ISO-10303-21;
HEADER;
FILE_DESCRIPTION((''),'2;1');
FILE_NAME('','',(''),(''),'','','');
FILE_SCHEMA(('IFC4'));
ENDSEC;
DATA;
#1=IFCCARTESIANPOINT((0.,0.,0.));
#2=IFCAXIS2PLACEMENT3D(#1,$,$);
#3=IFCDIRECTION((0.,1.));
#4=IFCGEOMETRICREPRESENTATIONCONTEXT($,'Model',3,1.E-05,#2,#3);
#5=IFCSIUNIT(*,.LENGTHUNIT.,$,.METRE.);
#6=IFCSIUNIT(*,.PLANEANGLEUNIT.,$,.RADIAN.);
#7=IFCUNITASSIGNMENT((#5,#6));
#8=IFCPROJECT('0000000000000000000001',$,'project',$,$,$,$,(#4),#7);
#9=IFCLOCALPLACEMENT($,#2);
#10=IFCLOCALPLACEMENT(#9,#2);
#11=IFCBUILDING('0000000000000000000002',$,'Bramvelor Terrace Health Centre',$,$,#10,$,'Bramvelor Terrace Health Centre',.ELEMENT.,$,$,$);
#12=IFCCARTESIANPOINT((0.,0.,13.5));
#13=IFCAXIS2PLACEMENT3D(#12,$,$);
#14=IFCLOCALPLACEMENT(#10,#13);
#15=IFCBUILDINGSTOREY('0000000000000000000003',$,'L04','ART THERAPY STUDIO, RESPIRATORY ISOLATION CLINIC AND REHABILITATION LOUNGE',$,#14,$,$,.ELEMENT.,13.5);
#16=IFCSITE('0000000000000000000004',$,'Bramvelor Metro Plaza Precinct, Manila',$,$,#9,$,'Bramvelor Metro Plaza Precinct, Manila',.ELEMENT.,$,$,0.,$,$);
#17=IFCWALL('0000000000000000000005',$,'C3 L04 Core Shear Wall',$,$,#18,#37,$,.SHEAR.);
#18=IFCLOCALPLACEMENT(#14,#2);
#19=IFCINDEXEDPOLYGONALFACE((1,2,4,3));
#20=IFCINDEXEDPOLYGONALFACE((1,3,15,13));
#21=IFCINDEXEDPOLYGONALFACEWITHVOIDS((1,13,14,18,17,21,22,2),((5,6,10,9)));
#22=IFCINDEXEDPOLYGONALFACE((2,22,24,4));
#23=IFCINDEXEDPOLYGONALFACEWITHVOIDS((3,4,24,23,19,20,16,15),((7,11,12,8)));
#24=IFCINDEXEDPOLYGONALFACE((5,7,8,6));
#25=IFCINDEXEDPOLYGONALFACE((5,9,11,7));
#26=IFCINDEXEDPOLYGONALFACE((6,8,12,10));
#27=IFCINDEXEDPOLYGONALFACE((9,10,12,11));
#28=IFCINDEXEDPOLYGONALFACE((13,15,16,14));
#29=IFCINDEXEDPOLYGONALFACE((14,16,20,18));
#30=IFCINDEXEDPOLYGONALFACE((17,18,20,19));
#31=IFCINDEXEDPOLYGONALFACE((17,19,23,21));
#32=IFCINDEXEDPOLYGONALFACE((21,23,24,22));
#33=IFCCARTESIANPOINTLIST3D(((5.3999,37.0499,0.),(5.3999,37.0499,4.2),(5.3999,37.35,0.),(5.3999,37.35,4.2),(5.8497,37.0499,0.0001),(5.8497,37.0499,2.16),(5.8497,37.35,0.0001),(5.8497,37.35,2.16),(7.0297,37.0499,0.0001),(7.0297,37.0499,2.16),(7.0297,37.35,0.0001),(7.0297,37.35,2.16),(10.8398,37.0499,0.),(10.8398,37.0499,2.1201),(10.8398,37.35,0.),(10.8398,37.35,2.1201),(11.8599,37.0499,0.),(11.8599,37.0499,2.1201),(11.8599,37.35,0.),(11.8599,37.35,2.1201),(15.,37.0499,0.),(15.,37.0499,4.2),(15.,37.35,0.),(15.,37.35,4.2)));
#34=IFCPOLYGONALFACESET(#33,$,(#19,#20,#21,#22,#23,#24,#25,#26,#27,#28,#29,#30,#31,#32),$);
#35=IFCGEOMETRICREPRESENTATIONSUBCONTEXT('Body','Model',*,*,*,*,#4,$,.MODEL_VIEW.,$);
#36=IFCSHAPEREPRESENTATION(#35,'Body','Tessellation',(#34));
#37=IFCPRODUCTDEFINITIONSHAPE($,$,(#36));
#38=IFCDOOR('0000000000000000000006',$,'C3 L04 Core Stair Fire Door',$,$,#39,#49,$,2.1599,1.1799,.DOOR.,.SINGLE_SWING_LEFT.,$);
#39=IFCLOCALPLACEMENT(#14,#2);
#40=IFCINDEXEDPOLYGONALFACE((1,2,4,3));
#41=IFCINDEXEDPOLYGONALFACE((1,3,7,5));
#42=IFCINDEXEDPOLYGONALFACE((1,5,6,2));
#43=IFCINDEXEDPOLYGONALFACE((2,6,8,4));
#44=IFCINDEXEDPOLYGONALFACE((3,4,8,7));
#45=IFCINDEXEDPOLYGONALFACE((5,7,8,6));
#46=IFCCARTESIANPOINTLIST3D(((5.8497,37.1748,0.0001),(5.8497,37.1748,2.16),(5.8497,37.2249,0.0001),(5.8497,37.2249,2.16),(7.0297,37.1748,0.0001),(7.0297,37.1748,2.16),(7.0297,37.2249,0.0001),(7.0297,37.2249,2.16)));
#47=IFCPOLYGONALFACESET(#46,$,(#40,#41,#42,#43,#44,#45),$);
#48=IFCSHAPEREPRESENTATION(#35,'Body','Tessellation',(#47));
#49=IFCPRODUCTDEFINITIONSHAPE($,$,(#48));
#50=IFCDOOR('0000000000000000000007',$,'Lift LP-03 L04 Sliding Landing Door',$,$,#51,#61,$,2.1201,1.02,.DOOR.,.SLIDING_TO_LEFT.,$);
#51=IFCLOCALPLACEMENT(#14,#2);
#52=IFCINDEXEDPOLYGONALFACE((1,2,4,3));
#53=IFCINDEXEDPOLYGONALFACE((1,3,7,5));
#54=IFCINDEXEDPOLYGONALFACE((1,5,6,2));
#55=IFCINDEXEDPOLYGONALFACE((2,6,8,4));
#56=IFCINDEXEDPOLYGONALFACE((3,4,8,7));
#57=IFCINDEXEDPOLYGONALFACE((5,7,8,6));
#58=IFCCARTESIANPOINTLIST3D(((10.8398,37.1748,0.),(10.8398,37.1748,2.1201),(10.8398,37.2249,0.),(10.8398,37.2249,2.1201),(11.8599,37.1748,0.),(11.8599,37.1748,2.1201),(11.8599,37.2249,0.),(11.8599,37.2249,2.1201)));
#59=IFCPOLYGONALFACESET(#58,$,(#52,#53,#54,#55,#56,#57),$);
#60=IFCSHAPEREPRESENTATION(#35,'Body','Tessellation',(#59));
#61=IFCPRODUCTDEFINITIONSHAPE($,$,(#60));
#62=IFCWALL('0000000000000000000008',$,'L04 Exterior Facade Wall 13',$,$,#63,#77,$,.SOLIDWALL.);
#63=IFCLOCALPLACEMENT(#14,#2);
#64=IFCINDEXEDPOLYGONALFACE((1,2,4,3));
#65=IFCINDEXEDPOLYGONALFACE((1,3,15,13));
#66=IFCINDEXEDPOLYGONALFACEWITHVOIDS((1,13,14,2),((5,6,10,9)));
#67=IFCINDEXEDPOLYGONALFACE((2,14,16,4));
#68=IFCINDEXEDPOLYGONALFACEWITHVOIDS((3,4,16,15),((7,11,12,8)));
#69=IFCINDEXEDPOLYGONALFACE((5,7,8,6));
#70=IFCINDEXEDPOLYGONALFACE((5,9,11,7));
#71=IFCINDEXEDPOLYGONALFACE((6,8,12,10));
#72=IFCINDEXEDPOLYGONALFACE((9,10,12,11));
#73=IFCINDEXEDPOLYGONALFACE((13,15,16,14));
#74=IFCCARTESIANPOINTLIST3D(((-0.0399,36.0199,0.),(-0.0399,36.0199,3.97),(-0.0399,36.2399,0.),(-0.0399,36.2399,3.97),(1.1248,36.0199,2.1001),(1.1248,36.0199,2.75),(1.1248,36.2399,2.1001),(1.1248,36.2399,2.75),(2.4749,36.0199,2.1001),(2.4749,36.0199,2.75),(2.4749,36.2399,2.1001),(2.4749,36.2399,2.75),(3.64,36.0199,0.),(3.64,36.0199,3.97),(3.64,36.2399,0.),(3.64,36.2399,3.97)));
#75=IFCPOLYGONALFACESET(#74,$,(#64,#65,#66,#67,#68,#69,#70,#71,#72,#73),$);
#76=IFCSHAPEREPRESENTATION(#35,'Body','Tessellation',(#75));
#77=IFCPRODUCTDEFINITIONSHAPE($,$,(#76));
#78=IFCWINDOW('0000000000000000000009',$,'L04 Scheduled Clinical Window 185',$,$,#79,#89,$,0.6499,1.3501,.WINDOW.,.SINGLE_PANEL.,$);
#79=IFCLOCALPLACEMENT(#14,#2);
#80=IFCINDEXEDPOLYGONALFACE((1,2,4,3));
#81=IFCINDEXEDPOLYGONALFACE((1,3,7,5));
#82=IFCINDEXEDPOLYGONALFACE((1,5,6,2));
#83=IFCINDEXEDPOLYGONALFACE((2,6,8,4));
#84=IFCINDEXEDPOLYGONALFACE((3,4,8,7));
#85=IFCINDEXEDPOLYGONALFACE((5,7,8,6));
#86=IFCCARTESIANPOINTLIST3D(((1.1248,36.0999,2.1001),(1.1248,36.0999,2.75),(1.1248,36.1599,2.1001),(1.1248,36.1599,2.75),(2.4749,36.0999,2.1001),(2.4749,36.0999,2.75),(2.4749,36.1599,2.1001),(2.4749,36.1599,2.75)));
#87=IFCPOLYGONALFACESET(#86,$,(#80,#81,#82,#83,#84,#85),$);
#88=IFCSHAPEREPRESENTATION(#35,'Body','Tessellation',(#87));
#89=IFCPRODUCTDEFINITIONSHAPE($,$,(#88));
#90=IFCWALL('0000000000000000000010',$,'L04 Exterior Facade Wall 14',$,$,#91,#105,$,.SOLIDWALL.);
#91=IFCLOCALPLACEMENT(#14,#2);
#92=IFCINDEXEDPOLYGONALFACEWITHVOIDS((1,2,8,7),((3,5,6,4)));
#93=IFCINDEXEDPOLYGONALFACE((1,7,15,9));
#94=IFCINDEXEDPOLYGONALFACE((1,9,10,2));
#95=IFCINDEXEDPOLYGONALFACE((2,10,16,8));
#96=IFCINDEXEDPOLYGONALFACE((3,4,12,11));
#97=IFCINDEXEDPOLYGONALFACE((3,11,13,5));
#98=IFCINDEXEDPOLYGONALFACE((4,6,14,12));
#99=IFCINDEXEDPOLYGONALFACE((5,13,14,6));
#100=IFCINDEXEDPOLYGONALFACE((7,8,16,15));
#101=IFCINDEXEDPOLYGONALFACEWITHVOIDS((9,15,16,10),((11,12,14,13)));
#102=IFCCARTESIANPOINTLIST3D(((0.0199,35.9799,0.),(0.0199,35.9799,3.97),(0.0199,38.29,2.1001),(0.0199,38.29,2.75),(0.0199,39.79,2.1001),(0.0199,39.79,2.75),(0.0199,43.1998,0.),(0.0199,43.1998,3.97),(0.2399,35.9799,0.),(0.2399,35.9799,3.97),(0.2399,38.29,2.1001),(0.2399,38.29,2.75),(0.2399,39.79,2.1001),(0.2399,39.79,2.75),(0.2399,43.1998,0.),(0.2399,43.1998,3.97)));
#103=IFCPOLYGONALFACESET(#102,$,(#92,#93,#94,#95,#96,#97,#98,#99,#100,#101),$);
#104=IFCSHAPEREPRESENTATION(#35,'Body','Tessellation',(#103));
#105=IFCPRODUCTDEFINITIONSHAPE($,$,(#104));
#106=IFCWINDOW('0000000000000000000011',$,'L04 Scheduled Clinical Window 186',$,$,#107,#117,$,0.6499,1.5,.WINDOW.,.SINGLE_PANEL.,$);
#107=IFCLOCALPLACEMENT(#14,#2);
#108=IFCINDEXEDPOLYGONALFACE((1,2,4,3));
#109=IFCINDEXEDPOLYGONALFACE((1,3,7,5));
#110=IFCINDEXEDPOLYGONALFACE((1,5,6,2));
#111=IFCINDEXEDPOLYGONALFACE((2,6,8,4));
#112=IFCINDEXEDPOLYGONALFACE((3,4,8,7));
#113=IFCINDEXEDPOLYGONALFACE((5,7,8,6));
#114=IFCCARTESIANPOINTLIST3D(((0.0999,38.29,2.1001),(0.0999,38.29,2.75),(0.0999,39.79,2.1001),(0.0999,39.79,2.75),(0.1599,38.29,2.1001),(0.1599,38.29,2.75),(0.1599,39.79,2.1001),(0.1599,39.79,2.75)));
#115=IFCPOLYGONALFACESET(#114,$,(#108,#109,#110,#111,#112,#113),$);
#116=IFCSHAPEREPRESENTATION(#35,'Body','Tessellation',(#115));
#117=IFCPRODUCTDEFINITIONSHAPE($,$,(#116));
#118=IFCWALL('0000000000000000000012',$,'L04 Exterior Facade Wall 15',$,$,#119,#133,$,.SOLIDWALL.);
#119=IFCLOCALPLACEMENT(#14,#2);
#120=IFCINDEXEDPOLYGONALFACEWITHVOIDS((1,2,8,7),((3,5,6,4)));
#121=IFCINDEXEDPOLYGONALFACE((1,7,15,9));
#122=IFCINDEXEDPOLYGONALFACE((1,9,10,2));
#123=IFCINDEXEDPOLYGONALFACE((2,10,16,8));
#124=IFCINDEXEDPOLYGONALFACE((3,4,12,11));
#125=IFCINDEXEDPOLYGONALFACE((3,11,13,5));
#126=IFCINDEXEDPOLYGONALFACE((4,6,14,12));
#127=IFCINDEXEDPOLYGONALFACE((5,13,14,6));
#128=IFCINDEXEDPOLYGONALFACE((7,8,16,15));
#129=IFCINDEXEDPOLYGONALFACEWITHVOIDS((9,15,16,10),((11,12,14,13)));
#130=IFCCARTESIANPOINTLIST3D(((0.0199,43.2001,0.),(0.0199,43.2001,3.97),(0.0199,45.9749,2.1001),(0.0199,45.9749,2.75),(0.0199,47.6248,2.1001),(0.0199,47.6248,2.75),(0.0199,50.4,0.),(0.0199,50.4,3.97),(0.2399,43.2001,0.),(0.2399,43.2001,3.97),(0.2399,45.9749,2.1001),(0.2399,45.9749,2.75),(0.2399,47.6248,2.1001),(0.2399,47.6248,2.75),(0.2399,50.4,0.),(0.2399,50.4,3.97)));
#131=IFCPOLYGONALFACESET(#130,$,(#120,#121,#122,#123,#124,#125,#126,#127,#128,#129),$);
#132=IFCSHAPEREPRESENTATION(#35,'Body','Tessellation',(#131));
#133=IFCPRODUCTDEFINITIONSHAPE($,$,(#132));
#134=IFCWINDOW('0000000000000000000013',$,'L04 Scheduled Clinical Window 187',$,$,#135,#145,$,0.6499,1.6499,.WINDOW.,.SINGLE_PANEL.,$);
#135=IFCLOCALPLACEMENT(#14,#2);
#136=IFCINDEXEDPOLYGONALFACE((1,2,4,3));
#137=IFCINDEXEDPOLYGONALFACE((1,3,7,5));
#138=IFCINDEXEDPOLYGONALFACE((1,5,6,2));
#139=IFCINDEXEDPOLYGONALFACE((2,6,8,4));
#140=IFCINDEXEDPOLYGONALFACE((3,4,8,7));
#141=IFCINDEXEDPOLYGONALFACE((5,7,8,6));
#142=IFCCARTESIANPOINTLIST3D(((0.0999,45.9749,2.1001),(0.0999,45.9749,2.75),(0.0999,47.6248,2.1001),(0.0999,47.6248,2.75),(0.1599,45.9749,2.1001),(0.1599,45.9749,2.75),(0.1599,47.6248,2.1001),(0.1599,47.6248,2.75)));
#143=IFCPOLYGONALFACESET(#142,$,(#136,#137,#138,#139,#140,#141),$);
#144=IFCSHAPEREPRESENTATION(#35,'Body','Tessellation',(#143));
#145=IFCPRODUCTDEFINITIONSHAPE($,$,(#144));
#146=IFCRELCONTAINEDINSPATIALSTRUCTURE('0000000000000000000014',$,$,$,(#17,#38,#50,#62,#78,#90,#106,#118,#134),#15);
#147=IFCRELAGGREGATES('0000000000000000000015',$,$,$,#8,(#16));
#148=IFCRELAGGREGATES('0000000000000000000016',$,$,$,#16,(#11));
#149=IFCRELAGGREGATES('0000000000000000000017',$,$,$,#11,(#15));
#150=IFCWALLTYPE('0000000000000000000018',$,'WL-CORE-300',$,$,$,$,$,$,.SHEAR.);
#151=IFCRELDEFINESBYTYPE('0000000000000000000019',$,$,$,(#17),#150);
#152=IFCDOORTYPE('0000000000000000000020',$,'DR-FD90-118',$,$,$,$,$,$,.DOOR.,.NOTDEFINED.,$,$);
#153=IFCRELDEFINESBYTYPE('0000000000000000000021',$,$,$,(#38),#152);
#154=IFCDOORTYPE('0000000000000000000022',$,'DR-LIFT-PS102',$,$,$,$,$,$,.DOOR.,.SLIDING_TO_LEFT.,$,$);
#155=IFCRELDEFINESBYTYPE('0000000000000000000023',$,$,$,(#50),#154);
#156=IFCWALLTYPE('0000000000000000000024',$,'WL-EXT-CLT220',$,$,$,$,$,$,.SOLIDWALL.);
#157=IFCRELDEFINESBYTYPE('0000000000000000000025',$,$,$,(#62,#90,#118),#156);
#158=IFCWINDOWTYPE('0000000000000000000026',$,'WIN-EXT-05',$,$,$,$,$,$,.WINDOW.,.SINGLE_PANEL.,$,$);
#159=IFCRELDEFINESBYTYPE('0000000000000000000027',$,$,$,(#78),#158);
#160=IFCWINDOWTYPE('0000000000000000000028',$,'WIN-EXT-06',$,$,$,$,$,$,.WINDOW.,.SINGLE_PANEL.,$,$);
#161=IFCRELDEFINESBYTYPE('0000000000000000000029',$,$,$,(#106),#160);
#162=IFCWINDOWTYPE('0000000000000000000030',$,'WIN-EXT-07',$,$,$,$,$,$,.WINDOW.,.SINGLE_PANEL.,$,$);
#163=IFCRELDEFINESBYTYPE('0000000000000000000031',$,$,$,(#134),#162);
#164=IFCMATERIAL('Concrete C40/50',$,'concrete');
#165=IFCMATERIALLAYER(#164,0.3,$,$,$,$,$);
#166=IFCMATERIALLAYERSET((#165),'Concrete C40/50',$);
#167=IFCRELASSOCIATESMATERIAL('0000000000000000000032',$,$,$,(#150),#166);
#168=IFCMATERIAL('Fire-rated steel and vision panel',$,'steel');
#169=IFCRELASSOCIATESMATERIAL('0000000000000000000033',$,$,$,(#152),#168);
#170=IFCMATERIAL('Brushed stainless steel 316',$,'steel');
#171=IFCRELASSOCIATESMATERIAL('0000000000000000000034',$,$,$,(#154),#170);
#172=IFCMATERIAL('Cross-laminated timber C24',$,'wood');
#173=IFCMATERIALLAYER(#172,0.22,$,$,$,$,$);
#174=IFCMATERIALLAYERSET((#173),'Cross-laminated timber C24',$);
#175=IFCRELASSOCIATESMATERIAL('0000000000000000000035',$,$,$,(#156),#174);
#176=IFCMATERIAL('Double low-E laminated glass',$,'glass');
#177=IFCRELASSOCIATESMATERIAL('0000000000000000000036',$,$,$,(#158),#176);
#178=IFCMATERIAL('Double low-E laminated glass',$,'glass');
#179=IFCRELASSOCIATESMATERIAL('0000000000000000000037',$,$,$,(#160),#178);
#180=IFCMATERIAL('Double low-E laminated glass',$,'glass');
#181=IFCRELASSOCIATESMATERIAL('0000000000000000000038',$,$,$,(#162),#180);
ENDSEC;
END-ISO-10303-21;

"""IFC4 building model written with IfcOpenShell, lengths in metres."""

from ifc_helpers import new_model, si_unit, direction, frame, frame_2d, origin, place, context, subcontext, project, spatial, rectangle, extrude, material, layer, layer_set, type_object, element, fill, save


model = new_model("IFC4")

# Units and contexts
model_context = context("Model", 3, precision=1e-05, world=origin(), true_north=direction((0.0, 1.0)))
body_context = subcontext(model_context, "Body", "Model", "MODEL_VIEW")
ifc_project = project(units=[si_unit("LENGTHUNIT", "METRE"), si_unit("PLANEANGLEUNIT", "RADIAN")], contexts=[model_context])

# Site, building, storey
site_placement = place(None, origin())
site = spatial("IfcSite", under=ifc_project, at=site_placement, Name="Bramvelor Metro Plaza Precinct, Manila", LongName="Bramvelor Metro Plaza Precinct, Manila", CompositionType="ELEMENT", RefElevation=0.0)
building_placement = place(site_placement, origin())
building = spatial("IfcBuilding", under=site, at=building_placement, Name="Bramvelor Terrace Health Centre", LongName="Bramvelor Terrace Health Centre", CompositionType="ELEMENT")
storey_placement = place(building_placement, frame((0.0, 0.0, 13.5)))
storey = spatial("IfcBuildingStorey", under=building, at=storey_placement, Name="L04", Description="ART THERAPY STUDIO, RESPIRATORY ISOLATION CLINIC AND REHABILITATION LOUNGE", CompositionType="ELEMENT", Elevation=13.5)

# Wall, openings, doors
ifc_material_1 = material(Name="Concrete C40/50", Category="concrete")
ifc_layer_1 = layer(ifc_material_1, 0.3)
ifc_layer_set_1 = layer_set([ifc_layer_1], Name="Concrete C40/50")
wall_type_1 = type_object("IfcWallType", Name="WL-CORE-300", PredefinedType="SHEAR", material=ifc_layer_set_1)
wall_1_placement = place(storey_placement, frame((5.3999, 37.2, 0.0), z_axis=(0.0, 0.0, 1.0), x_axis=(1.0, 0.0, 0.0)))
wall_1 = element("IfcWall", 1, at=wall_1_placement, inside=storey, type_object=wall_type_1, Name="C3 L04 Core Shear Wall", PredefinedType="SHEAR", context=body_context, shape_type="SweptSolid", body=[
    extrude(rectangle(XDim=9.6001, YDim=0.3, at=frame_2d((4.8, 0.0))), origin(), (0.0, 0.0, 1.0), 4.2),
])
opening_1_placement = place(wall_1_placement, frame((0.45, 0.0, 0.0)))
opening_1 = element("IfcOpeningElement", 2, at=opening_1_placement, cuts=wall_1, PredefinedType="OPENING", context=body_context, shape_type="SweptSolid", body=[
    extrude(rectangle(XDim=1.1799, YDim=2.1599, at=frame_2d((0.5898, 1.0801))), frame((0.0, 0.1599, 0.0), z_axis=(0.0, -1.0, 0.0), x_axis=(1.0, 0.0, 0.0)), (0.0, 0.0, 1.0), 0.3201),
])
opening_2_placement = place(wall_1_placement, frame((5.4399, 0.0, 0.0)))
opening_2 = element("IfcOpeningElement", 3, at=opening_2_placement, cuts=wall_1, PredefinedType="OPENING", context=body_context, shape_type="SweptSolid", body=[
    extrude(rectangle(XDim=1.02, YDim=2.1201, at=frame_2d((0.51, 1.0601))), frame((0.0, 0.1599, 0.0), z_axis=(0.0, -1.0, 0.0), x_axis=(1.0, 0.0, 0.0)), (0.0, 0.0, 1.0), 0.3201),
])
ifc_material_2 = material(Name="Fire-rated steel and vision panel", Category="steel")
door_type_1 = type_object("IfcDoorType", Name="DR-FD90-118", OperationType="NOTDEFINED", PredefinedType="DOOR", material=ifc_material_2)
door_1_placement = place(opening_1_placement, origin())
door_1 = element("IfcDoor", 4, at=door_1_placement, inside=storey, type_object=door_type_1, Name="C3 L04 Core Stair Fire Door", OperationType="SINGLE_SWING_LEFT", OverallHeight=2.1599, OverallWidth=1.1799, PredefinedType="DOOR", context=body_context, shape_type="SweptSolid", body=[
    extrude(rectangle(XDim=1.1799, YDim=2.1599, at=frame_2d((0.5898, 1.0801))), frame((0.0, 0.0249, 0.0), z_axis=(0.0, -1.0, 0.0), x_axis=(1.0, 0.0, 0.0)), (0.0, 0.0, 1.0), 0.05),
])
fill(opening_1, door_1)
ifc_material_3 = material(Name="Brushed stainless steel 316", Category="steel")
door_type_2 = type_object("IfcDoorType", Name="DR-LIFT-PS102", OperationType="SLIDING_TO_LEFT", PredefinedType="DOOR", material=ifc_material_3)
door_2_placement = place(opening_2_placement, origin())
door_2 = element("IfcDoor", 5, at=door_2_placement, inside=storey, type_object=door_type_2, Name="Lift LP-03 L04 Sliding Landing Door", OperationType="SLIDING_TO_LEFT", OverallHeight=2.1201, OverallWidth=1.02, PredefinedType="DOOR", context=body_context, shape_type="SweptSolid", body=[
    extrude(rectangle(XDim=1.02, YDim=2.1201, at=frame_2d((0.51, 1.0601))), frame((0.0, 0.0249, 0.0), z_axis=(0.0, -1.0, 0.0), x_axis=(1.0, 0.0, 0.0)), (0.0, 0.0, 1.0), 0.05),
])
fill(opening_2, door_2)

# Walls, openings, windows
ifc_material_4 = material(Name="Cross-laminated timber C24", Category="wood")
ifc_layer_2 = layer(ifc_material_4, 0.22)
ifc_layer_set_2 = layer_set([ifc_layer_2], Name="Cross-laminated timber C24")
wall_type_2 = type_object("IfcWallType", Name="WL-EXT-CLT220", PredefinedType="SOLIDWALL", material=ifc_layer_set_2)
wall_2_placement = place(storey_placement, frame((3.6399, 36.1299, 0.0), z_axis=(0.0, 0.0, 1.0), x_axis=(-1.0, 0.0, 0.0)))
wall_2 = element("IfcWall", 6, at=wall_2_placement, inside=storey, type_object=wall_type_2, Name="L04 Exterior Facade Wall 13", PredefinedType="SOLIDWALL", context=body_context, shape_type="SweptSolid", body=[
    extrude(rectangle(XDim=3.6799, YDim=0.22, at=frame_2d((1.8398, 0.0))), origin(), (0.0, 0.0, 1.0), 3.97),
])
opening_3_placement = place(wall_2_placement, frame((1.165, 0.0, 2.1001)))
opening_3 = element("IfcOpeningElement", 7, at=opening_3_placement, cuts=wall_2, PredefinedType="OPENING", context=body_context, shape_type="SweptSolid", body=[
    extrude(rectangle(XDim=1.3501, YDim=0.6499, at=frame_2d((0.675, 0.325))), frame((0.0, 0.1199, 0.0), z_axis=(0.0, -1.0, 0.0), x_axis=(1.0, 0.0, 0.0)), (0.0, 0.0, 1.0), 0.24),
])
ifc_material_5 = material(Name="Double low-E laminated glass", Category="glass")
window_type_1 = type_object("IfcWindowType", Name="WIN-EXT-05", PartitioningType="SINGLE_PANEL", PredefinedType="WINDOW", material=ifc_material_5)
window_1_placement = place(opening_3_placement, origin())
window_1 = element("IfcWindow", 8, at=window_1_placement, inside=storey, type_object=window_type_1, Name="L04 Scheduled Clinical Window 185", OverallHeight=0.6499, OverallWidth=1.3501, PartitioningType="SINGLE_PANEL", PredefinedType="WINDOW", context=body_context, shape_type="SweptSolid", body=[
    extrude(rectangle(XDim=1.3501, YDim=0.6499, at=frame_2d((0.675, 0.325))), frame((0.0, 0.03, 0.0), z_axis=(0.0, -1.0, 0.0), x_axis=(1.0, 0.0, 0.0)), (0.0, 0.0, 1.0), 0.0601),
])
fill(opening_3, window_1)
wall_3_placement = place(storey_placement, frame((0.1299, 35.98, 0.0), z_axis=(0.0, 0.0, 1.0), x_axis=(0.0, 1.0, 0.0)))
wall_3 = element("IfcWall", 9, at=wall_3_placement, inside=storey, type_object=wall_type_2, Name="L04 Exterior Facade Wall 14", PredefinedType="SOLIDWALL", context=body_context, shape_type="SweptSolid", body=[
    extrude(rectangle(XDim=7.22, YDim=0.22, at=frame_2d((3.6099, 0.0))), origin(), (0.0, 0.0, 1.0), 3.97),
])
opening_4_placement = place(wall_3_placement, frame((2.3101, 0.0, 2.1001)))
opening_4 = element("IfcOpeningElement", 10, at=opening_4_placement, cuts=wall_3, PredefinedType="OPENING", context=body_context, shape_type="SweptSolid", body=[
    extrude(rectangle(XDim=1.5, YDim=0.6499, at=frame_2d((0.75, 0.325))), frame((0.0, 0.1199, 0.0), z_axis=(0.0, -1.0, 0.0), x_axis=(1.0, 0.0, 0.0)), (0.0, 0.0, 1.0), 0.24),
])
ifc_material_6 = material(Name="Double low-E laminated glass", Category="glass")
window_type_2 = type_object("IfcWindowType", Name="WIN-EXT-06", PartitioningType="SINGLE_PANEL", PredefinedType="WINDOW", material=ifc_material_6)
window_2_placement = place(opening_4_placement, origin())
window_2 = element("IfcWindow", 11, at=window_2_placement, inside=storey, type_object=window_type_2, Name="L04 Scheduled Clinical Window 186", OverallHeight=0.6499, OverallWidth=1.5, PartitioningType="SINGLE_PANEL", PredefinedType="WINDOW", context=body_context, shape_type="SweptSolid", body=[
    extrude(rectangle(XDim=1.5, YDim=0.6499, at=frame_2d((0.75, 0.325))), frame((0.0, 0.03, 0.0), z_axis=(0.0, -1.0, 0.0), x_axis=(1.0, 0.0, 0.0)), (0.0, 0.0, 1.0), 0.0601),
])
fill(opening_4, window_2)
wall_4_placement = place(storey_placement, frame((0.1299, 43.2, 0.0), z_axis=(0.0, 0.0, 1.0), x_axis=(0.0, 1.0, 0.0)))
wall_4 = element("IfcWall", 12, at=wall_4_placement, inside=storey, type_object=wall_type_2, Name="L04 Exterior Facade Wall 15", PredefinedType="SOLIDWALL", context=body_context, shape_type="SweptSolid", body=[
    extrude(rectangle(XDim=7.2, YDim=0.22, at=frame_2d((3.6001, 0.0))), origin(), (0.0, 0.0, 1.0), 3.97),
])
opening_5_placement = place(wall_4_placement, frame((2.7749, 0.0, 2.1001)))
opening_5 = element("IfcOpeningElement", 13, at=opening_5_placement, cuts=wall_4, PredefinedType="OPENING", context=body_context, shape_type="SweptSolid", body=[
    extrude(rectangle(XDim=1.6499, YDim=0.6499, at=frame_2d((0.825, 0.325))), frame((0.0, 0.1199, 0.0), z_axis=(0.0, -1.0, 0.0), x_axis=(1.0, 0.0, 0.0)), (0.0, 0.0, 1.0), 0.24),
])
ifc_material_7 = material(Name="Double low-E laminated glass", Category="glass")
window_type_3 = type_object("IfcWindowType", Name="WIN-EXT-07", PartitioningType="SINGLE_PANEL", PredefinedType="WINDOW", material=ifc_material_7)
window_3_placement = place(opening_5_placement, origin())
window_3 = element("IfcWindow", 14, at=window_3_placement, inside=storey, type_object=window_type_3, Name="L04 Scheduled Clinical Window 187", OverallHeight=0.6499, OverallWidth=1.6499, PartitioningType="SINGLE_PANEL", PredefinedType="WINDOW", context=body_context, shape_type="SweptSolid", body=[
    extrude(rectangle(XDim=1.6499, YDim=0.6499, at=frame_2d((0.825, 0.325))), frame((0.0, 0.03, 0.0), z_axis=(0.0, -1.0, 0.0), x_axis=(1.0, 0.0, 0.0)), (0.0, 0.0, 1.0), 0.0601),
])
fill(opening_5, window_3)

save(model, "model.ifc")
